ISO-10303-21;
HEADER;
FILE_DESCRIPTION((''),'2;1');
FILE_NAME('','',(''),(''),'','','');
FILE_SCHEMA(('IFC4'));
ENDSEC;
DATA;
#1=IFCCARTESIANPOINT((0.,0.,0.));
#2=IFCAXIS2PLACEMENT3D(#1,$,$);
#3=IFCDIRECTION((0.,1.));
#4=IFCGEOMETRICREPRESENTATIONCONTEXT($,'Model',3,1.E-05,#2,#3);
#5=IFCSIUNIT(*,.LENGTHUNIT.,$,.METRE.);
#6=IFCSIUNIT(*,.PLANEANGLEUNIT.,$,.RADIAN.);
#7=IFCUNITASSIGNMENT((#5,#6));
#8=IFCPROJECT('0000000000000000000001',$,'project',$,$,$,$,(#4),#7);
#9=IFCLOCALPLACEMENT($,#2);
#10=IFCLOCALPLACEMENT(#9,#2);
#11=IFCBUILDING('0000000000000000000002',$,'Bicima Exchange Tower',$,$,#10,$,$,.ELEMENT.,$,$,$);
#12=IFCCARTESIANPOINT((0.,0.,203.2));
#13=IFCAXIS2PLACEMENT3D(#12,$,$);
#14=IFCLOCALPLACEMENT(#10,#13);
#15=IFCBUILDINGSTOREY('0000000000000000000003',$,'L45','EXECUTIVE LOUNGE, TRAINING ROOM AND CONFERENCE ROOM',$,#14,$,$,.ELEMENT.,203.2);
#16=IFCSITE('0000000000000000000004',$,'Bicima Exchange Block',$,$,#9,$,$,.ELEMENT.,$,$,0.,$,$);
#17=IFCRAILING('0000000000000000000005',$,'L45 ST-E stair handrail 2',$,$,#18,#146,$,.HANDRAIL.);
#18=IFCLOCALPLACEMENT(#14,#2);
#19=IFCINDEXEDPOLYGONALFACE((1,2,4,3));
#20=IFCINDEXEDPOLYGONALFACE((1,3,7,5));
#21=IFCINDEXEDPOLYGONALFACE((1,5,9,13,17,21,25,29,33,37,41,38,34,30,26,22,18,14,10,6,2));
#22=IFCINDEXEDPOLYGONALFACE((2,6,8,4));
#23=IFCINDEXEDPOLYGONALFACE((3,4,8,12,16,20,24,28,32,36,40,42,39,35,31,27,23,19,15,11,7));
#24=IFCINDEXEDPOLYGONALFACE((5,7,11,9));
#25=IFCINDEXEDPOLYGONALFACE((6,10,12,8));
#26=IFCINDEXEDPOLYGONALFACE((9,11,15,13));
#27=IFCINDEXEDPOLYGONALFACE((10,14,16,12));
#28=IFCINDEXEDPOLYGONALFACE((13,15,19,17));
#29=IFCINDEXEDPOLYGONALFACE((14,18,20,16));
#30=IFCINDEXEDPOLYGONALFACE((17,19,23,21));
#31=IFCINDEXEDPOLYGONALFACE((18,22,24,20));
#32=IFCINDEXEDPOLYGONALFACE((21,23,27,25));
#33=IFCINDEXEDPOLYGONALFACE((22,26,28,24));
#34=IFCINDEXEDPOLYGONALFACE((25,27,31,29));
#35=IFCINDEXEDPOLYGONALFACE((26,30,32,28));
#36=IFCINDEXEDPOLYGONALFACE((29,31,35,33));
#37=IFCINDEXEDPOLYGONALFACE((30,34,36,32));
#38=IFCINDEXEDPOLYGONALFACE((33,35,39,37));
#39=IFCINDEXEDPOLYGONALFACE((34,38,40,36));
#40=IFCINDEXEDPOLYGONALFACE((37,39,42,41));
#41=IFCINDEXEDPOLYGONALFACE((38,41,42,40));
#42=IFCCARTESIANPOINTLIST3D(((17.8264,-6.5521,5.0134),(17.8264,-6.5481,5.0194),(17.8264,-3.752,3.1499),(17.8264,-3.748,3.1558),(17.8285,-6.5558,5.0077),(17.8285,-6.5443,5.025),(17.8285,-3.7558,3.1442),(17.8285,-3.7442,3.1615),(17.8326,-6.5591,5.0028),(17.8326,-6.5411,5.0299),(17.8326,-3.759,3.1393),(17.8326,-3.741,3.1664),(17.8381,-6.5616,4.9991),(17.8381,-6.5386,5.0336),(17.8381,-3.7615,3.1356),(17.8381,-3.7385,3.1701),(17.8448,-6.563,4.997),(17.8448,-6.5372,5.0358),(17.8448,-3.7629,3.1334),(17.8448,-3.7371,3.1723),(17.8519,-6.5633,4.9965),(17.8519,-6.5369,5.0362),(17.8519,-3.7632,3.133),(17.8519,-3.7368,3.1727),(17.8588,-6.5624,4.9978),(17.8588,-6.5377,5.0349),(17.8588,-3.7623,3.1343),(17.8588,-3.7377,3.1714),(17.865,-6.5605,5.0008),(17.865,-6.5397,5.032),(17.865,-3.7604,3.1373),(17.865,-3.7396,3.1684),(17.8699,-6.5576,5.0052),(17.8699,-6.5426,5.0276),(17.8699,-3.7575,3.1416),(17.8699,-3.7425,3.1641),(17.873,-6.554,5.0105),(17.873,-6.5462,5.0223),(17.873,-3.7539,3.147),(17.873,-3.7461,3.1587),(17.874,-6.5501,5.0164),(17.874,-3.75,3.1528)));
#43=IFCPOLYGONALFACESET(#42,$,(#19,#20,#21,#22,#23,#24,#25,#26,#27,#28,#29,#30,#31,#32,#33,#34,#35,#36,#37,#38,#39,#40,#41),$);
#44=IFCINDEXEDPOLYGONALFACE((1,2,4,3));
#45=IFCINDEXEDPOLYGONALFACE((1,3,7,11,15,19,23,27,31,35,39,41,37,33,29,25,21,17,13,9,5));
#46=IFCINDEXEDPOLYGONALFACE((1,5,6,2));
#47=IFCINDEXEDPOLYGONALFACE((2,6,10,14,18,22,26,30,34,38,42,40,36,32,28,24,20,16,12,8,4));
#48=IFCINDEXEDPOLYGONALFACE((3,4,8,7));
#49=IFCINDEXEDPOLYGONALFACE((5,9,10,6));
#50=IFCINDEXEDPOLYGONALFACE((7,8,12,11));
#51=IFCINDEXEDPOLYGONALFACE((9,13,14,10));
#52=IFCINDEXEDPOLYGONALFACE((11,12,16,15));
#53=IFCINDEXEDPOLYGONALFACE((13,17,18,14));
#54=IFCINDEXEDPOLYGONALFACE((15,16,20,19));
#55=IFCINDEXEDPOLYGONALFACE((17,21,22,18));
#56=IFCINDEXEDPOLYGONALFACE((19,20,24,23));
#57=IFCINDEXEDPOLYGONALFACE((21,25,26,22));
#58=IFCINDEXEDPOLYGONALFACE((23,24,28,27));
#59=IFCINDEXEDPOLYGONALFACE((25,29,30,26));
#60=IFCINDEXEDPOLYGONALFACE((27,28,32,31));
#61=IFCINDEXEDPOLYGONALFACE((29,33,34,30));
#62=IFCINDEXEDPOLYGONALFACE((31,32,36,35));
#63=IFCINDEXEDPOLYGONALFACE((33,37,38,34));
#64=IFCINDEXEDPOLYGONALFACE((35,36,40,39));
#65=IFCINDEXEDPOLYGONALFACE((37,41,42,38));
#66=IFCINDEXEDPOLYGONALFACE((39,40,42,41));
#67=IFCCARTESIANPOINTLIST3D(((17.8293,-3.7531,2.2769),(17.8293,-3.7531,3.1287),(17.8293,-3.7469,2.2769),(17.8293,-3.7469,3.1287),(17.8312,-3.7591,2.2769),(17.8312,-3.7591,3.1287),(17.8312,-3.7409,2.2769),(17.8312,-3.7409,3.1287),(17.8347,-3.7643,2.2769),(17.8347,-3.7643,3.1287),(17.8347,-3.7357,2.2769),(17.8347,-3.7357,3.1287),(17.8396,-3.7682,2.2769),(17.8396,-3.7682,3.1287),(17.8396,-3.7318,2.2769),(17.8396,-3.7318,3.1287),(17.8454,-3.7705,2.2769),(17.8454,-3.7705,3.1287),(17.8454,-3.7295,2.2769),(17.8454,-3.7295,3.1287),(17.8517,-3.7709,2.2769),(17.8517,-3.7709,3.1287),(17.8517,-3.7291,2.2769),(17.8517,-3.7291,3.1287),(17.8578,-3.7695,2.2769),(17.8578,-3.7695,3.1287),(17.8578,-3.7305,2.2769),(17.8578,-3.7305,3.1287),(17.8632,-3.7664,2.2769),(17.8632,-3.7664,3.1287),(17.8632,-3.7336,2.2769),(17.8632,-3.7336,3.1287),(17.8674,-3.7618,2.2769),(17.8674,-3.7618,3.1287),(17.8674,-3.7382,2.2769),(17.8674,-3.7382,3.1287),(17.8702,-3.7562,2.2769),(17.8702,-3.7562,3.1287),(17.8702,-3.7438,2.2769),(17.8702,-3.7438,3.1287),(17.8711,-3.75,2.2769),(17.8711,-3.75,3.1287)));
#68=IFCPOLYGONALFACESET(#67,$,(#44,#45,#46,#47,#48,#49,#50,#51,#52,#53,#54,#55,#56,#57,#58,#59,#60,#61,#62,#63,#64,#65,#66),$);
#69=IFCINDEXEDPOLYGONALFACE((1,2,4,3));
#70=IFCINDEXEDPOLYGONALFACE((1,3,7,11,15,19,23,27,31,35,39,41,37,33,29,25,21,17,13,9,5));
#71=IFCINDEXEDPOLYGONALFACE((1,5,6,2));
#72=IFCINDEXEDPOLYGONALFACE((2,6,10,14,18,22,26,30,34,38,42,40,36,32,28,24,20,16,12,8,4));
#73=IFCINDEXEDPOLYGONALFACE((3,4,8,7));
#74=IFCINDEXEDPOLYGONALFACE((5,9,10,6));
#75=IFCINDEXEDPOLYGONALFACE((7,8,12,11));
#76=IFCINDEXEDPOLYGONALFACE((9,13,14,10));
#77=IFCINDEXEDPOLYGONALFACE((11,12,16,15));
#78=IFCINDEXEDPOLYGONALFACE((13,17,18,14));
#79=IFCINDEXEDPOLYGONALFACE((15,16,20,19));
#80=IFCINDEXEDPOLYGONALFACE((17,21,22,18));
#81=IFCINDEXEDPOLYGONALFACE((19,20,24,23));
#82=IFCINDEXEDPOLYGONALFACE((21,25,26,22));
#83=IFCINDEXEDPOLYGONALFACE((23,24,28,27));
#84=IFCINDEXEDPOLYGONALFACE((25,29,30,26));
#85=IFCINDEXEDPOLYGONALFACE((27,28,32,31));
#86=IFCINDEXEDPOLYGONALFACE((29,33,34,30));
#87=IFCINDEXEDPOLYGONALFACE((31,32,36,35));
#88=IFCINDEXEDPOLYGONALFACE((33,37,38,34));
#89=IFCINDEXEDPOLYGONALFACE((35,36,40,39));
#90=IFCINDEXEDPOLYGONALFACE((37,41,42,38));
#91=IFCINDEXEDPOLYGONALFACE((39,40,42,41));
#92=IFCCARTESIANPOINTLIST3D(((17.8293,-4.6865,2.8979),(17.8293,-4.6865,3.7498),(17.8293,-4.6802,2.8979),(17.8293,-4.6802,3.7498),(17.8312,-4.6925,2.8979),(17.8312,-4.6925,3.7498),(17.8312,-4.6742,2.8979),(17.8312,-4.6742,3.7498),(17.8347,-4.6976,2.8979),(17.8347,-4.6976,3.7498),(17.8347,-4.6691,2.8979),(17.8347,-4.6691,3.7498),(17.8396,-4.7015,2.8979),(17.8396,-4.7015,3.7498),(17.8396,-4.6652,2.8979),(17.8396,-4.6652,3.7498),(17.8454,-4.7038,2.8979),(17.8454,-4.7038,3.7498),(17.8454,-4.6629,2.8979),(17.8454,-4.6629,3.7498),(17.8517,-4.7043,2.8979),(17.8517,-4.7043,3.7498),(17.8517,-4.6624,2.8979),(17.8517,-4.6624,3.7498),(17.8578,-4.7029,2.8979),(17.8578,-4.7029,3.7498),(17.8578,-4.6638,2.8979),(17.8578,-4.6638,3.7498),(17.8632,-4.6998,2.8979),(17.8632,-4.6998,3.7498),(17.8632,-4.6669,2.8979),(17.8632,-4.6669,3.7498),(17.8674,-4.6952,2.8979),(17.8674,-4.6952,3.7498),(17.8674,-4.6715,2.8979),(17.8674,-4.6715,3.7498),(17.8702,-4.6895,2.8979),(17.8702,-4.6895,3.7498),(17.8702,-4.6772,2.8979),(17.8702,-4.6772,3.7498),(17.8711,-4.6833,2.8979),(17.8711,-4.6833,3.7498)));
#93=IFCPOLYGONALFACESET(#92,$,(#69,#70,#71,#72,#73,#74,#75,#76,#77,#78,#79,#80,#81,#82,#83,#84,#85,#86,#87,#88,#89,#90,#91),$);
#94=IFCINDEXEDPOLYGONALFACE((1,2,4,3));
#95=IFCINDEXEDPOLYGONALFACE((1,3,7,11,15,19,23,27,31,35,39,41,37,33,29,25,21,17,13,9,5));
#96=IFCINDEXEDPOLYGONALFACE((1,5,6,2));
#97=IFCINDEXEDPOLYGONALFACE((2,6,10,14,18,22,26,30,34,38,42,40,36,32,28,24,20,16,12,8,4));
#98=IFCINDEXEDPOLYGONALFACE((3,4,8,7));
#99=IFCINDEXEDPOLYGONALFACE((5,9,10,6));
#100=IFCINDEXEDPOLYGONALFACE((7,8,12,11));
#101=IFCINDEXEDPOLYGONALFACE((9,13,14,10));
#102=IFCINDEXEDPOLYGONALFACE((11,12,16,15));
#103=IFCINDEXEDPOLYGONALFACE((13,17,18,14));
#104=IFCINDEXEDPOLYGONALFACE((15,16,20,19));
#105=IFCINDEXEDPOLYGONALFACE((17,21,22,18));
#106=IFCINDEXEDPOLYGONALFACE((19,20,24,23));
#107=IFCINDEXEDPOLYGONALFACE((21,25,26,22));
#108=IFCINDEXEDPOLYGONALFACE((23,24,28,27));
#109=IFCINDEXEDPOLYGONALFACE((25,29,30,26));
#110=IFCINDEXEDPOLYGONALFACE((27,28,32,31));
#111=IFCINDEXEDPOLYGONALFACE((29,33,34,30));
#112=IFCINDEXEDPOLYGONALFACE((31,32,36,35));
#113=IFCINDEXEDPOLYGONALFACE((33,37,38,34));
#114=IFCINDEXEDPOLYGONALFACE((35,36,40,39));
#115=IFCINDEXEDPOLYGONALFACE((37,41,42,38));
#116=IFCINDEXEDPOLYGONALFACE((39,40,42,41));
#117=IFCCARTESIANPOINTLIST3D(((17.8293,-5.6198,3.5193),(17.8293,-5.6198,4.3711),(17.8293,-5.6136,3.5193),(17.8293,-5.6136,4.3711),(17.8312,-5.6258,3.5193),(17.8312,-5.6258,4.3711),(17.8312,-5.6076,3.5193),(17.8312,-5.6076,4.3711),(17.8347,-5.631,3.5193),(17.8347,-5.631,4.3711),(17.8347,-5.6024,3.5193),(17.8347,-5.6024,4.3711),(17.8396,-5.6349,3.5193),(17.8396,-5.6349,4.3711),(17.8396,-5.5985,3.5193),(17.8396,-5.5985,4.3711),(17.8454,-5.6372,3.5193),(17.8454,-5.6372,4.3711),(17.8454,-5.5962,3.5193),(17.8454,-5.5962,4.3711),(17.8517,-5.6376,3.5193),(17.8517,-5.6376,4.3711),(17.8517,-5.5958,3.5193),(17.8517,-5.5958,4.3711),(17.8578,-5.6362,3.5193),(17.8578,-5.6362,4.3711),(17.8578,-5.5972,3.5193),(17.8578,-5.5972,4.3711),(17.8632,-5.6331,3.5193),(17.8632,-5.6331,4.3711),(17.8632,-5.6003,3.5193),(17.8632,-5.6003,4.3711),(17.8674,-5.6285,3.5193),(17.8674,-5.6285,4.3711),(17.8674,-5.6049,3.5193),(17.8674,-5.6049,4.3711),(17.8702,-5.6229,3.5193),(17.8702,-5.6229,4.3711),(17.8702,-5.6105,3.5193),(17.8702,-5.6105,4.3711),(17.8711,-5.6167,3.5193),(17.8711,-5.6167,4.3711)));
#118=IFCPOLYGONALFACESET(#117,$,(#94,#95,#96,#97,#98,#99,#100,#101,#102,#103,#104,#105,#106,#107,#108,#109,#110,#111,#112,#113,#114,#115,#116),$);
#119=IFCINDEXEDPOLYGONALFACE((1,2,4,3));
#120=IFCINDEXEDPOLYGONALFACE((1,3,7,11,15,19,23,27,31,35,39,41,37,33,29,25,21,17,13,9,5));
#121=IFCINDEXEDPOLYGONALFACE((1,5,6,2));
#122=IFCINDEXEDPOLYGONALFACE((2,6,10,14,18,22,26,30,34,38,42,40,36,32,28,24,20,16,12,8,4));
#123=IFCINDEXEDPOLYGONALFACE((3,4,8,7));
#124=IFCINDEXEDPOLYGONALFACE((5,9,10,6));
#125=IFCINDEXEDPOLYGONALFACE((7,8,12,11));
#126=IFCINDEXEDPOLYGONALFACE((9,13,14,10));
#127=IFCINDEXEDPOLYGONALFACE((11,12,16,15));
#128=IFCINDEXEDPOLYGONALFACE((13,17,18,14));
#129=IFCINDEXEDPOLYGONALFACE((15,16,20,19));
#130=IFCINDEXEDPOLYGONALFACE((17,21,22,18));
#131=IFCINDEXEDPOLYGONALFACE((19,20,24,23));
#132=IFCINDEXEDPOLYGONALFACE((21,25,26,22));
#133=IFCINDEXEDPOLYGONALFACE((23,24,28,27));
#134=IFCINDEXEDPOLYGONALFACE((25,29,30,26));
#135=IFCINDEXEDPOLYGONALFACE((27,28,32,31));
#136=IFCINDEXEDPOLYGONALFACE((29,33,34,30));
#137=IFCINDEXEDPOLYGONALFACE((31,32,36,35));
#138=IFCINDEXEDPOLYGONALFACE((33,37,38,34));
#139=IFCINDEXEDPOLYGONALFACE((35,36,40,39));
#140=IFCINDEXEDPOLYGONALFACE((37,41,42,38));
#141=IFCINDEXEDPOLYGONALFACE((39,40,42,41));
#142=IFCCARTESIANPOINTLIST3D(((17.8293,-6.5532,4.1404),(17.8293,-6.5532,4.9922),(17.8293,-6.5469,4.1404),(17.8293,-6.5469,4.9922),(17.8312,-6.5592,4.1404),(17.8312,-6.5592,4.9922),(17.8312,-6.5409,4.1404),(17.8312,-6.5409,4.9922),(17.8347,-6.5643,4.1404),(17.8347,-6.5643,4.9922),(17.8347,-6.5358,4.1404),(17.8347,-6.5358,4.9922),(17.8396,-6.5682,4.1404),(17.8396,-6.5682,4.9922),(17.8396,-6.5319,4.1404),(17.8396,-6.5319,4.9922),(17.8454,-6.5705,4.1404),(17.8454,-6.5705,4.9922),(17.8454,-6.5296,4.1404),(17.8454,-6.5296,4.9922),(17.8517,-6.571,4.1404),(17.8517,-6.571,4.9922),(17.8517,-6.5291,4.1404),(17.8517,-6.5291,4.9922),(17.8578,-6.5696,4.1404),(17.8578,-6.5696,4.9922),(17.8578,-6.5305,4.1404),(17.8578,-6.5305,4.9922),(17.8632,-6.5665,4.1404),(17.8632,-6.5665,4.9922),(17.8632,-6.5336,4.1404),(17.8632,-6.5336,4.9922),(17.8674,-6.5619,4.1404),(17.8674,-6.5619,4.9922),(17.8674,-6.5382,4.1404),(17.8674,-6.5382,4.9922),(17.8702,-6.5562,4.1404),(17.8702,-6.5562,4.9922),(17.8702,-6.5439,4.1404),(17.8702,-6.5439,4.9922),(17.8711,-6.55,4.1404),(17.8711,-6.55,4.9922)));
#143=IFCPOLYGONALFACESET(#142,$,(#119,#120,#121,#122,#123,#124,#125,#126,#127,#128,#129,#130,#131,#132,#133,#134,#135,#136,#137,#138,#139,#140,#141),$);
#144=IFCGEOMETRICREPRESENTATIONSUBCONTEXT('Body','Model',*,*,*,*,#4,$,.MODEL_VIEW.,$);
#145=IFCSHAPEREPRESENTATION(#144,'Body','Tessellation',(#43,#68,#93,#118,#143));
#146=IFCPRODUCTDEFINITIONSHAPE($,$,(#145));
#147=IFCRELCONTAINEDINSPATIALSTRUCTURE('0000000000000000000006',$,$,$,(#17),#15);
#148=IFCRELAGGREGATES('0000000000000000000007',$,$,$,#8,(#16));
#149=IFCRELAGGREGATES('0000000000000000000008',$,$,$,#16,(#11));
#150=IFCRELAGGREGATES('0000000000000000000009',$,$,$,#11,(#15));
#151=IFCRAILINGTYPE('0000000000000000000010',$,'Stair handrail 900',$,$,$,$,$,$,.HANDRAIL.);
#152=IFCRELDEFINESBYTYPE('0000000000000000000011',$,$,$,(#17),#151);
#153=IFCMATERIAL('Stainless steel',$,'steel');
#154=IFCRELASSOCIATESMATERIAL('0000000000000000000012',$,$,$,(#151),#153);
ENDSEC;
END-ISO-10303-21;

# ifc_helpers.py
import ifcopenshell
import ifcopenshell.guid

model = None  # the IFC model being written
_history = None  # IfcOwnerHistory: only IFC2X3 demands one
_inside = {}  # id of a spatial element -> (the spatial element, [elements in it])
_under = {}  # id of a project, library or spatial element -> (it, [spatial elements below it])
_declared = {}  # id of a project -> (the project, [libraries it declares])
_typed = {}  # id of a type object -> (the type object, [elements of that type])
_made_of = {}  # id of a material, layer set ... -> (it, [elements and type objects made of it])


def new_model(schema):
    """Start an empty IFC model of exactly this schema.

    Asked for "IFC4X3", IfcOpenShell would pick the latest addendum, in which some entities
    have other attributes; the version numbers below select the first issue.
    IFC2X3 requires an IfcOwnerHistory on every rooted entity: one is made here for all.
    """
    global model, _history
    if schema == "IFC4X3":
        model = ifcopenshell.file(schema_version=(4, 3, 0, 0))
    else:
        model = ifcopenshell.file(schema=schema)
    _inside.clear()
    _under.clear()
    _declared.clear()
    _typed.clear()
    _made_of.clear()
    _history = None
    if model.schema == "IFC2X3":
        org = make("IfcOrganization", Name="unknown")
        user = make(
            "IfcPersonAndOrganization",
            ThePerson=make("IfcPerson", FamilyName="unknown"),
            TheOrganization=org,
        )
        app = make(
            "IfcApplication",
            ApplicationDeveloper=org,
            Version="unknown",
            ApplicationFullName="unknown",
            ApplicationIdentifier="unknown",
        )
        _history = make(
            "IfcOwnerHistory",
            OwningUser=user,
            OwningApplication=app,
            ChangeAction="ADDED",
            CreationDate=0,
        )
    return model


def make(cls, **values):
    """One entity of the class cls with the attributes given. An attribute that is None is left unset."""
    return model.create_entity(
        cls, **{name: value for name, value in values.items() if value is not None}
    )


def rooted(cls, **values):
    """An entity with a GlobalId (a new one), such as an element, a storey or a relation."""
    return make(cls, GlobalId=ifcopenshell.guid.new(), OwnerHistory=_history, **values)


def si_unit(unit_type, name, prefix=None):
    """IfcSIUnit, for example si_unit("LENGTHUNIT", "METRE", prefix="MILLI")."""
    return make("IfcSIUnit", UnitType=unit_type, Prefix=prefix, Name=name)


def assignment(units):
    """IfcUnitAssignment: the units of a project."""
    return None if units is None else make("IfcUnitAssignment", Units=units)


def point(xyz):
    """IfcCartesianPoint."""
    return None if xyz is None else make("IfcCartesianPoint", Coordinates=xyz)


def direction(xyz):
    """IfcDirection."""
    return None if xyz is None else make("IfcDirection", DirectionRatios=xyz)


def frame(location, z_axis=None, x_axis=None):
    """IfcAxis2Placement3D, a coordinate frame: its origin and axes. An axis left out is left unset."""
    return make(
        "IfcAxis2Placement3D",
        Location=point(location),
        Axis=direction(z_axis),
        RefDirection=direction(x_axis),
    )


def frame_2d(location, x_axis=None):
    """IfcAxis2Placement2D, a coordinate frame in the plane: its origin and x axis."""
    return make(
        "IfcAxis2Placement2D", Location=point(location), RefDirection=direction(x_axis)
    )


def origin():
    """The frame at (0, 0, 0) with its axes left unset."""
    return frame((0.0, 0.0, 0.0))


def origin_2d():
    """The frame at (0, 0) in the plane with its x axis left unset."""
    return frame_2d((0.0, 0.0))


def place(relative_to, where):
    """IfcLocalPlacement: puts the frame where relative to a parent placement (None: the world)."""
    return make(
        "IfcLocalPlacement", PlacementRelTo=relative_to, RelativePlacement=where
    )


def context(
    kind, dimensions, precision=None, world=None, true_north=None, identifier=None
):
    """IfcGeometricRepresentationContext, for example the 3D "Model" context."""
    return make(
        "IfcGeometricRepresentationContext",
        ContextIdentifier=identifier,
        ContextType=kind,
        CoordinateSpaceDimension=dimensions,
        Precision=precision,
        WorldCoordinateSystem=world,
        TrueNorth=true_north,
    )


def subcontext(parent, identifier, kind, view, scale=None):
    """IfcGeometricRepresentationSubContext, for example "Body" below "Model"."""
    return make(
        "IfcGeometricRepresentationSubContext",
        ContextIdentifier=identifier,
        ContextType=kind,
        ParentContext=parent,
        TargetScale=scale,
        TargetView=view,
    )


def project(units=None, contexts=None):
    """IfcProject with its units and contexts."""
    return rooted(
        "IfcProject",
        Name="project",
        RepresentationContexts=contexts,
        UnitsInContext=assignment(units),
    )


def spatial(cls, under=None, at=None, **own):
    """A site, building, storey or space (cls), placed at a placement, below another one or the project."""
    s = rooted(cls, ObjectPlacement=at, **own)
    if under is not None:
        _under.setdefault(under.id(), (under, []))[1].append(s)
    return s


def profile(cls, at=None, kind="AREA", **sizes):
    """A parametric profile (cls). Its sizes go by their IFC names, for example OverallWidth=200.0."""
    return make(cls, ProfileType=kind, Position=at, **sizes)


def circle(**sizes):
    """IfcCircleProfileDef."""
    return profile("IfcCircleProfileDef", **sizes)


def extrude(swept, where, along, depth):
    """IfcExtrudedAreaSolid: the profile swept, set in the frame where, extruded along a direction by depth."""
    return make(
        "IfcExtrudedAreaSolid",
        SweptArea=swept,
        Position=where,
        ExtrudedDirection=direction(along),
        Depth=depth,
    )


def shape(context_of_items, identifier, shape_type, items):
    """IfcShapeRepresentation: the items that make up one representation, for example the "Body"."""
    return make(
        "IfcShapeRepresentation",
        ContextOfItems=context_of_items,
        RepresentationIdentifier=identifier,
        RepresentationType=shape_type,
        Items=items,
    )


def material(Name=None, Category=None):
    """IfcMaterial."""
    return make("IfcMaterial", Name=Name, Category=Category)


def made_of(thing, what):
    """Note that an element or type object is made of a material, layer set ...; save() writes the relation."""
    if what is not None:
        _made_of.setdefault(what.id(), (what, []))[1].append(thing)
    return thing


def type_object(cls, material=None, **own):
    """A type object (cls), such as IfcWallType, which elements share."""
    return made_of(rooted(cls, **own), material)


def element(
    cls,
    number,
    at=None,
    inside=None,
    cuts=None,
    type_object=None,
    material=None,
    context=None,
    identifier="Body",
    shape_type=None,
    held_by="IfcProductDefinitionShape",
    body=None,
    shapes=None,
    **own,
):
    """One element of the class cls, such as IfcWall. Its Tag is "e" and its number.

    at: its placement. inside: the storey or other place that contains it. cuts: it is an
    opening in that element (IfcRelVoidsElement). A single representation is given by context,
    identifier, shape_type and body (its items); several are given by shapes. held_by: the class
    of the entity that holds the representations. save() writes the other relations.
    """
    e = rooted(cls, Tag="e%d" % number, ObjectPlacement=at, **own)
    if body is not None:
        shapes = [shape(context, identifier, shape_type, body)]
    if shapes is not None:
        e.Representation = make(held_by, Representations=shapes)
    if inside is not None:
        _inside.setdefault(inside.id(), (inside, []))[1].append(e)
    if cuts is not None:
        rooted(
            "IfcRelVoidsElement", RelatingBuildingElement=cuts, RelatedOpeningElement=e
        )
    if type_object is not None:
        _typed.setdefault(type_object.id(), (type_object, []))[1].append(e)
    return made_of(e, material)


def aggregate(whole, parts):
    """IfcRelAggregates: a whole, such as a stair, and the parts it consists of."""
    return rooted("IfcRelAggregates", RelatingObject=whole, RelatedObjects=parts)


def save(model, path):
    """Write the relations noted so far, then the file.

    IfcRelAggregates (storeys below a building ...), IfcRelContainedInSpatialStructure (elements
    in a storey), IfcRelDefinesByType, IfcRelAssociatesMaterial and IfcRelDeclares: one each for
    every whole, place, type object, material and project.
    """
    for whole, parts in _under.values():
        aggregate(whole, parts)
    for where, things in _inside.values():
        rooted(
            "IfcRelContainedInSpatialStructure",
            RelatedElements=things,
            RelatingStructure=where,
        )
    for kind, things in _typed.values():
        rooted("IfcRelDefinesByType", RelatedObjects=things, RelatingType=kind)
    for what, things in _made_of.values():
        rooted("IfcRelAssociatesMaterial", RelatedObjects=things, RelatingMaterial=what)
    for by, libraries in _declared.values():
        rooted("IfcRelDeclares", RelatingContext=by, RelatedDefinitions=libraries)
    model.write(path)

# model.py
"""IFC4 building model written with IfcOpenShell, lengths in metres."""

from ifc_helpers import new_model, si_unit, direction, frame, origin, origin_2d, place, context, subcontext, project, spatial, circle, extrude, material, type_object, element, save


model = new_model("IFC4")

# Units and contexts
model_context = context("Model", 3, precision=1e-05, world=origin(), true_north=direction((0.0, 1.0)))
body_context = subcontext(model_context, "Body", "Model", "MODEL_VIEW")
ifc_project = project(units=[si_unit("LENGTHUNIT", "METRE"), si_unit("PLANEANGLEUNIT", "RADIAN")], contexts=[model_context])

# Site, building, storey
site_placement = place(None, origin())
site = spatial("IfcSite", under=ifc_project, at=site_placement, Name="Bicima Exchange Block", CompositionType="ELEMENT", RefElevation=0.0)
building_placement = place(site_placement, origin())
building = spatial("IfcBuilding", under=site, at=building_placement, Name="Bicima Exchange Tower", CompositionType="ELEMENT")
storey_placement = place(building_placement, frame((0.0, 0.0, 203.2)))
storey = spatial("IfcBuildingStorey", under=building, at=storey_placement, Name="L45", Description="EXECUTIVE LOUNGE, TRAINING ROOM AND CONFERENCE ROOM", CompositionType="ELEMENT", Elevation=203.2)

# Shared definitions
ifc_material_1 = material(Name="Stainless steel", Category="steel")

# Railing
railing_type = type_object("IfcRailingType", Name="Stair handrail 900", PredefinedType="HANDRAIL", material=ifc_material_1)
railing_placement = place(storey_placement, frame((17.8501, -3.75, 2.2769)))
element("IfcRailing", 1, at=railing_placement, inside=storey, type_object=railing_type, Name="L45 ST-E stair handrail 2", PredefinedType="HANDRAIL", context=body_context, shape_type="SweptSolid", body=[
    extrude(circle(Radius=0.0239, at=origin_2d()), frame((0.0, 0.0, 0.876), z_axis=(0.0, -0.832486, 0.554047), x_axis=(1.0, 0.0, 0.0)), (0.0, 0.0, 1.0), 3.3635),
    extrude(circle(Radius=0.021, at=origin_2d()), origin(), (0.0, 0.0, 1.0), 0.8518),
    extrude(circle(Radius=0.021, at=origin_2d()), frame((0.0, -0.9333, 0.6211)), (0.0, 0.0, 1.0), 0.8518),
    extrude(circle(Radius=0.021, at=origin_2d()), frame((0.0, -1.8667, 1.2424)), (0.0, 0.0, 1.0), 0.8518),
    extrude(circle(Radius=0.021, at=origin_2d()), frame((0.0, -2.8, 1.8635)), (0.0, 0.0, 1.0), 0.8518),
])

save(model, "model.ifc")
